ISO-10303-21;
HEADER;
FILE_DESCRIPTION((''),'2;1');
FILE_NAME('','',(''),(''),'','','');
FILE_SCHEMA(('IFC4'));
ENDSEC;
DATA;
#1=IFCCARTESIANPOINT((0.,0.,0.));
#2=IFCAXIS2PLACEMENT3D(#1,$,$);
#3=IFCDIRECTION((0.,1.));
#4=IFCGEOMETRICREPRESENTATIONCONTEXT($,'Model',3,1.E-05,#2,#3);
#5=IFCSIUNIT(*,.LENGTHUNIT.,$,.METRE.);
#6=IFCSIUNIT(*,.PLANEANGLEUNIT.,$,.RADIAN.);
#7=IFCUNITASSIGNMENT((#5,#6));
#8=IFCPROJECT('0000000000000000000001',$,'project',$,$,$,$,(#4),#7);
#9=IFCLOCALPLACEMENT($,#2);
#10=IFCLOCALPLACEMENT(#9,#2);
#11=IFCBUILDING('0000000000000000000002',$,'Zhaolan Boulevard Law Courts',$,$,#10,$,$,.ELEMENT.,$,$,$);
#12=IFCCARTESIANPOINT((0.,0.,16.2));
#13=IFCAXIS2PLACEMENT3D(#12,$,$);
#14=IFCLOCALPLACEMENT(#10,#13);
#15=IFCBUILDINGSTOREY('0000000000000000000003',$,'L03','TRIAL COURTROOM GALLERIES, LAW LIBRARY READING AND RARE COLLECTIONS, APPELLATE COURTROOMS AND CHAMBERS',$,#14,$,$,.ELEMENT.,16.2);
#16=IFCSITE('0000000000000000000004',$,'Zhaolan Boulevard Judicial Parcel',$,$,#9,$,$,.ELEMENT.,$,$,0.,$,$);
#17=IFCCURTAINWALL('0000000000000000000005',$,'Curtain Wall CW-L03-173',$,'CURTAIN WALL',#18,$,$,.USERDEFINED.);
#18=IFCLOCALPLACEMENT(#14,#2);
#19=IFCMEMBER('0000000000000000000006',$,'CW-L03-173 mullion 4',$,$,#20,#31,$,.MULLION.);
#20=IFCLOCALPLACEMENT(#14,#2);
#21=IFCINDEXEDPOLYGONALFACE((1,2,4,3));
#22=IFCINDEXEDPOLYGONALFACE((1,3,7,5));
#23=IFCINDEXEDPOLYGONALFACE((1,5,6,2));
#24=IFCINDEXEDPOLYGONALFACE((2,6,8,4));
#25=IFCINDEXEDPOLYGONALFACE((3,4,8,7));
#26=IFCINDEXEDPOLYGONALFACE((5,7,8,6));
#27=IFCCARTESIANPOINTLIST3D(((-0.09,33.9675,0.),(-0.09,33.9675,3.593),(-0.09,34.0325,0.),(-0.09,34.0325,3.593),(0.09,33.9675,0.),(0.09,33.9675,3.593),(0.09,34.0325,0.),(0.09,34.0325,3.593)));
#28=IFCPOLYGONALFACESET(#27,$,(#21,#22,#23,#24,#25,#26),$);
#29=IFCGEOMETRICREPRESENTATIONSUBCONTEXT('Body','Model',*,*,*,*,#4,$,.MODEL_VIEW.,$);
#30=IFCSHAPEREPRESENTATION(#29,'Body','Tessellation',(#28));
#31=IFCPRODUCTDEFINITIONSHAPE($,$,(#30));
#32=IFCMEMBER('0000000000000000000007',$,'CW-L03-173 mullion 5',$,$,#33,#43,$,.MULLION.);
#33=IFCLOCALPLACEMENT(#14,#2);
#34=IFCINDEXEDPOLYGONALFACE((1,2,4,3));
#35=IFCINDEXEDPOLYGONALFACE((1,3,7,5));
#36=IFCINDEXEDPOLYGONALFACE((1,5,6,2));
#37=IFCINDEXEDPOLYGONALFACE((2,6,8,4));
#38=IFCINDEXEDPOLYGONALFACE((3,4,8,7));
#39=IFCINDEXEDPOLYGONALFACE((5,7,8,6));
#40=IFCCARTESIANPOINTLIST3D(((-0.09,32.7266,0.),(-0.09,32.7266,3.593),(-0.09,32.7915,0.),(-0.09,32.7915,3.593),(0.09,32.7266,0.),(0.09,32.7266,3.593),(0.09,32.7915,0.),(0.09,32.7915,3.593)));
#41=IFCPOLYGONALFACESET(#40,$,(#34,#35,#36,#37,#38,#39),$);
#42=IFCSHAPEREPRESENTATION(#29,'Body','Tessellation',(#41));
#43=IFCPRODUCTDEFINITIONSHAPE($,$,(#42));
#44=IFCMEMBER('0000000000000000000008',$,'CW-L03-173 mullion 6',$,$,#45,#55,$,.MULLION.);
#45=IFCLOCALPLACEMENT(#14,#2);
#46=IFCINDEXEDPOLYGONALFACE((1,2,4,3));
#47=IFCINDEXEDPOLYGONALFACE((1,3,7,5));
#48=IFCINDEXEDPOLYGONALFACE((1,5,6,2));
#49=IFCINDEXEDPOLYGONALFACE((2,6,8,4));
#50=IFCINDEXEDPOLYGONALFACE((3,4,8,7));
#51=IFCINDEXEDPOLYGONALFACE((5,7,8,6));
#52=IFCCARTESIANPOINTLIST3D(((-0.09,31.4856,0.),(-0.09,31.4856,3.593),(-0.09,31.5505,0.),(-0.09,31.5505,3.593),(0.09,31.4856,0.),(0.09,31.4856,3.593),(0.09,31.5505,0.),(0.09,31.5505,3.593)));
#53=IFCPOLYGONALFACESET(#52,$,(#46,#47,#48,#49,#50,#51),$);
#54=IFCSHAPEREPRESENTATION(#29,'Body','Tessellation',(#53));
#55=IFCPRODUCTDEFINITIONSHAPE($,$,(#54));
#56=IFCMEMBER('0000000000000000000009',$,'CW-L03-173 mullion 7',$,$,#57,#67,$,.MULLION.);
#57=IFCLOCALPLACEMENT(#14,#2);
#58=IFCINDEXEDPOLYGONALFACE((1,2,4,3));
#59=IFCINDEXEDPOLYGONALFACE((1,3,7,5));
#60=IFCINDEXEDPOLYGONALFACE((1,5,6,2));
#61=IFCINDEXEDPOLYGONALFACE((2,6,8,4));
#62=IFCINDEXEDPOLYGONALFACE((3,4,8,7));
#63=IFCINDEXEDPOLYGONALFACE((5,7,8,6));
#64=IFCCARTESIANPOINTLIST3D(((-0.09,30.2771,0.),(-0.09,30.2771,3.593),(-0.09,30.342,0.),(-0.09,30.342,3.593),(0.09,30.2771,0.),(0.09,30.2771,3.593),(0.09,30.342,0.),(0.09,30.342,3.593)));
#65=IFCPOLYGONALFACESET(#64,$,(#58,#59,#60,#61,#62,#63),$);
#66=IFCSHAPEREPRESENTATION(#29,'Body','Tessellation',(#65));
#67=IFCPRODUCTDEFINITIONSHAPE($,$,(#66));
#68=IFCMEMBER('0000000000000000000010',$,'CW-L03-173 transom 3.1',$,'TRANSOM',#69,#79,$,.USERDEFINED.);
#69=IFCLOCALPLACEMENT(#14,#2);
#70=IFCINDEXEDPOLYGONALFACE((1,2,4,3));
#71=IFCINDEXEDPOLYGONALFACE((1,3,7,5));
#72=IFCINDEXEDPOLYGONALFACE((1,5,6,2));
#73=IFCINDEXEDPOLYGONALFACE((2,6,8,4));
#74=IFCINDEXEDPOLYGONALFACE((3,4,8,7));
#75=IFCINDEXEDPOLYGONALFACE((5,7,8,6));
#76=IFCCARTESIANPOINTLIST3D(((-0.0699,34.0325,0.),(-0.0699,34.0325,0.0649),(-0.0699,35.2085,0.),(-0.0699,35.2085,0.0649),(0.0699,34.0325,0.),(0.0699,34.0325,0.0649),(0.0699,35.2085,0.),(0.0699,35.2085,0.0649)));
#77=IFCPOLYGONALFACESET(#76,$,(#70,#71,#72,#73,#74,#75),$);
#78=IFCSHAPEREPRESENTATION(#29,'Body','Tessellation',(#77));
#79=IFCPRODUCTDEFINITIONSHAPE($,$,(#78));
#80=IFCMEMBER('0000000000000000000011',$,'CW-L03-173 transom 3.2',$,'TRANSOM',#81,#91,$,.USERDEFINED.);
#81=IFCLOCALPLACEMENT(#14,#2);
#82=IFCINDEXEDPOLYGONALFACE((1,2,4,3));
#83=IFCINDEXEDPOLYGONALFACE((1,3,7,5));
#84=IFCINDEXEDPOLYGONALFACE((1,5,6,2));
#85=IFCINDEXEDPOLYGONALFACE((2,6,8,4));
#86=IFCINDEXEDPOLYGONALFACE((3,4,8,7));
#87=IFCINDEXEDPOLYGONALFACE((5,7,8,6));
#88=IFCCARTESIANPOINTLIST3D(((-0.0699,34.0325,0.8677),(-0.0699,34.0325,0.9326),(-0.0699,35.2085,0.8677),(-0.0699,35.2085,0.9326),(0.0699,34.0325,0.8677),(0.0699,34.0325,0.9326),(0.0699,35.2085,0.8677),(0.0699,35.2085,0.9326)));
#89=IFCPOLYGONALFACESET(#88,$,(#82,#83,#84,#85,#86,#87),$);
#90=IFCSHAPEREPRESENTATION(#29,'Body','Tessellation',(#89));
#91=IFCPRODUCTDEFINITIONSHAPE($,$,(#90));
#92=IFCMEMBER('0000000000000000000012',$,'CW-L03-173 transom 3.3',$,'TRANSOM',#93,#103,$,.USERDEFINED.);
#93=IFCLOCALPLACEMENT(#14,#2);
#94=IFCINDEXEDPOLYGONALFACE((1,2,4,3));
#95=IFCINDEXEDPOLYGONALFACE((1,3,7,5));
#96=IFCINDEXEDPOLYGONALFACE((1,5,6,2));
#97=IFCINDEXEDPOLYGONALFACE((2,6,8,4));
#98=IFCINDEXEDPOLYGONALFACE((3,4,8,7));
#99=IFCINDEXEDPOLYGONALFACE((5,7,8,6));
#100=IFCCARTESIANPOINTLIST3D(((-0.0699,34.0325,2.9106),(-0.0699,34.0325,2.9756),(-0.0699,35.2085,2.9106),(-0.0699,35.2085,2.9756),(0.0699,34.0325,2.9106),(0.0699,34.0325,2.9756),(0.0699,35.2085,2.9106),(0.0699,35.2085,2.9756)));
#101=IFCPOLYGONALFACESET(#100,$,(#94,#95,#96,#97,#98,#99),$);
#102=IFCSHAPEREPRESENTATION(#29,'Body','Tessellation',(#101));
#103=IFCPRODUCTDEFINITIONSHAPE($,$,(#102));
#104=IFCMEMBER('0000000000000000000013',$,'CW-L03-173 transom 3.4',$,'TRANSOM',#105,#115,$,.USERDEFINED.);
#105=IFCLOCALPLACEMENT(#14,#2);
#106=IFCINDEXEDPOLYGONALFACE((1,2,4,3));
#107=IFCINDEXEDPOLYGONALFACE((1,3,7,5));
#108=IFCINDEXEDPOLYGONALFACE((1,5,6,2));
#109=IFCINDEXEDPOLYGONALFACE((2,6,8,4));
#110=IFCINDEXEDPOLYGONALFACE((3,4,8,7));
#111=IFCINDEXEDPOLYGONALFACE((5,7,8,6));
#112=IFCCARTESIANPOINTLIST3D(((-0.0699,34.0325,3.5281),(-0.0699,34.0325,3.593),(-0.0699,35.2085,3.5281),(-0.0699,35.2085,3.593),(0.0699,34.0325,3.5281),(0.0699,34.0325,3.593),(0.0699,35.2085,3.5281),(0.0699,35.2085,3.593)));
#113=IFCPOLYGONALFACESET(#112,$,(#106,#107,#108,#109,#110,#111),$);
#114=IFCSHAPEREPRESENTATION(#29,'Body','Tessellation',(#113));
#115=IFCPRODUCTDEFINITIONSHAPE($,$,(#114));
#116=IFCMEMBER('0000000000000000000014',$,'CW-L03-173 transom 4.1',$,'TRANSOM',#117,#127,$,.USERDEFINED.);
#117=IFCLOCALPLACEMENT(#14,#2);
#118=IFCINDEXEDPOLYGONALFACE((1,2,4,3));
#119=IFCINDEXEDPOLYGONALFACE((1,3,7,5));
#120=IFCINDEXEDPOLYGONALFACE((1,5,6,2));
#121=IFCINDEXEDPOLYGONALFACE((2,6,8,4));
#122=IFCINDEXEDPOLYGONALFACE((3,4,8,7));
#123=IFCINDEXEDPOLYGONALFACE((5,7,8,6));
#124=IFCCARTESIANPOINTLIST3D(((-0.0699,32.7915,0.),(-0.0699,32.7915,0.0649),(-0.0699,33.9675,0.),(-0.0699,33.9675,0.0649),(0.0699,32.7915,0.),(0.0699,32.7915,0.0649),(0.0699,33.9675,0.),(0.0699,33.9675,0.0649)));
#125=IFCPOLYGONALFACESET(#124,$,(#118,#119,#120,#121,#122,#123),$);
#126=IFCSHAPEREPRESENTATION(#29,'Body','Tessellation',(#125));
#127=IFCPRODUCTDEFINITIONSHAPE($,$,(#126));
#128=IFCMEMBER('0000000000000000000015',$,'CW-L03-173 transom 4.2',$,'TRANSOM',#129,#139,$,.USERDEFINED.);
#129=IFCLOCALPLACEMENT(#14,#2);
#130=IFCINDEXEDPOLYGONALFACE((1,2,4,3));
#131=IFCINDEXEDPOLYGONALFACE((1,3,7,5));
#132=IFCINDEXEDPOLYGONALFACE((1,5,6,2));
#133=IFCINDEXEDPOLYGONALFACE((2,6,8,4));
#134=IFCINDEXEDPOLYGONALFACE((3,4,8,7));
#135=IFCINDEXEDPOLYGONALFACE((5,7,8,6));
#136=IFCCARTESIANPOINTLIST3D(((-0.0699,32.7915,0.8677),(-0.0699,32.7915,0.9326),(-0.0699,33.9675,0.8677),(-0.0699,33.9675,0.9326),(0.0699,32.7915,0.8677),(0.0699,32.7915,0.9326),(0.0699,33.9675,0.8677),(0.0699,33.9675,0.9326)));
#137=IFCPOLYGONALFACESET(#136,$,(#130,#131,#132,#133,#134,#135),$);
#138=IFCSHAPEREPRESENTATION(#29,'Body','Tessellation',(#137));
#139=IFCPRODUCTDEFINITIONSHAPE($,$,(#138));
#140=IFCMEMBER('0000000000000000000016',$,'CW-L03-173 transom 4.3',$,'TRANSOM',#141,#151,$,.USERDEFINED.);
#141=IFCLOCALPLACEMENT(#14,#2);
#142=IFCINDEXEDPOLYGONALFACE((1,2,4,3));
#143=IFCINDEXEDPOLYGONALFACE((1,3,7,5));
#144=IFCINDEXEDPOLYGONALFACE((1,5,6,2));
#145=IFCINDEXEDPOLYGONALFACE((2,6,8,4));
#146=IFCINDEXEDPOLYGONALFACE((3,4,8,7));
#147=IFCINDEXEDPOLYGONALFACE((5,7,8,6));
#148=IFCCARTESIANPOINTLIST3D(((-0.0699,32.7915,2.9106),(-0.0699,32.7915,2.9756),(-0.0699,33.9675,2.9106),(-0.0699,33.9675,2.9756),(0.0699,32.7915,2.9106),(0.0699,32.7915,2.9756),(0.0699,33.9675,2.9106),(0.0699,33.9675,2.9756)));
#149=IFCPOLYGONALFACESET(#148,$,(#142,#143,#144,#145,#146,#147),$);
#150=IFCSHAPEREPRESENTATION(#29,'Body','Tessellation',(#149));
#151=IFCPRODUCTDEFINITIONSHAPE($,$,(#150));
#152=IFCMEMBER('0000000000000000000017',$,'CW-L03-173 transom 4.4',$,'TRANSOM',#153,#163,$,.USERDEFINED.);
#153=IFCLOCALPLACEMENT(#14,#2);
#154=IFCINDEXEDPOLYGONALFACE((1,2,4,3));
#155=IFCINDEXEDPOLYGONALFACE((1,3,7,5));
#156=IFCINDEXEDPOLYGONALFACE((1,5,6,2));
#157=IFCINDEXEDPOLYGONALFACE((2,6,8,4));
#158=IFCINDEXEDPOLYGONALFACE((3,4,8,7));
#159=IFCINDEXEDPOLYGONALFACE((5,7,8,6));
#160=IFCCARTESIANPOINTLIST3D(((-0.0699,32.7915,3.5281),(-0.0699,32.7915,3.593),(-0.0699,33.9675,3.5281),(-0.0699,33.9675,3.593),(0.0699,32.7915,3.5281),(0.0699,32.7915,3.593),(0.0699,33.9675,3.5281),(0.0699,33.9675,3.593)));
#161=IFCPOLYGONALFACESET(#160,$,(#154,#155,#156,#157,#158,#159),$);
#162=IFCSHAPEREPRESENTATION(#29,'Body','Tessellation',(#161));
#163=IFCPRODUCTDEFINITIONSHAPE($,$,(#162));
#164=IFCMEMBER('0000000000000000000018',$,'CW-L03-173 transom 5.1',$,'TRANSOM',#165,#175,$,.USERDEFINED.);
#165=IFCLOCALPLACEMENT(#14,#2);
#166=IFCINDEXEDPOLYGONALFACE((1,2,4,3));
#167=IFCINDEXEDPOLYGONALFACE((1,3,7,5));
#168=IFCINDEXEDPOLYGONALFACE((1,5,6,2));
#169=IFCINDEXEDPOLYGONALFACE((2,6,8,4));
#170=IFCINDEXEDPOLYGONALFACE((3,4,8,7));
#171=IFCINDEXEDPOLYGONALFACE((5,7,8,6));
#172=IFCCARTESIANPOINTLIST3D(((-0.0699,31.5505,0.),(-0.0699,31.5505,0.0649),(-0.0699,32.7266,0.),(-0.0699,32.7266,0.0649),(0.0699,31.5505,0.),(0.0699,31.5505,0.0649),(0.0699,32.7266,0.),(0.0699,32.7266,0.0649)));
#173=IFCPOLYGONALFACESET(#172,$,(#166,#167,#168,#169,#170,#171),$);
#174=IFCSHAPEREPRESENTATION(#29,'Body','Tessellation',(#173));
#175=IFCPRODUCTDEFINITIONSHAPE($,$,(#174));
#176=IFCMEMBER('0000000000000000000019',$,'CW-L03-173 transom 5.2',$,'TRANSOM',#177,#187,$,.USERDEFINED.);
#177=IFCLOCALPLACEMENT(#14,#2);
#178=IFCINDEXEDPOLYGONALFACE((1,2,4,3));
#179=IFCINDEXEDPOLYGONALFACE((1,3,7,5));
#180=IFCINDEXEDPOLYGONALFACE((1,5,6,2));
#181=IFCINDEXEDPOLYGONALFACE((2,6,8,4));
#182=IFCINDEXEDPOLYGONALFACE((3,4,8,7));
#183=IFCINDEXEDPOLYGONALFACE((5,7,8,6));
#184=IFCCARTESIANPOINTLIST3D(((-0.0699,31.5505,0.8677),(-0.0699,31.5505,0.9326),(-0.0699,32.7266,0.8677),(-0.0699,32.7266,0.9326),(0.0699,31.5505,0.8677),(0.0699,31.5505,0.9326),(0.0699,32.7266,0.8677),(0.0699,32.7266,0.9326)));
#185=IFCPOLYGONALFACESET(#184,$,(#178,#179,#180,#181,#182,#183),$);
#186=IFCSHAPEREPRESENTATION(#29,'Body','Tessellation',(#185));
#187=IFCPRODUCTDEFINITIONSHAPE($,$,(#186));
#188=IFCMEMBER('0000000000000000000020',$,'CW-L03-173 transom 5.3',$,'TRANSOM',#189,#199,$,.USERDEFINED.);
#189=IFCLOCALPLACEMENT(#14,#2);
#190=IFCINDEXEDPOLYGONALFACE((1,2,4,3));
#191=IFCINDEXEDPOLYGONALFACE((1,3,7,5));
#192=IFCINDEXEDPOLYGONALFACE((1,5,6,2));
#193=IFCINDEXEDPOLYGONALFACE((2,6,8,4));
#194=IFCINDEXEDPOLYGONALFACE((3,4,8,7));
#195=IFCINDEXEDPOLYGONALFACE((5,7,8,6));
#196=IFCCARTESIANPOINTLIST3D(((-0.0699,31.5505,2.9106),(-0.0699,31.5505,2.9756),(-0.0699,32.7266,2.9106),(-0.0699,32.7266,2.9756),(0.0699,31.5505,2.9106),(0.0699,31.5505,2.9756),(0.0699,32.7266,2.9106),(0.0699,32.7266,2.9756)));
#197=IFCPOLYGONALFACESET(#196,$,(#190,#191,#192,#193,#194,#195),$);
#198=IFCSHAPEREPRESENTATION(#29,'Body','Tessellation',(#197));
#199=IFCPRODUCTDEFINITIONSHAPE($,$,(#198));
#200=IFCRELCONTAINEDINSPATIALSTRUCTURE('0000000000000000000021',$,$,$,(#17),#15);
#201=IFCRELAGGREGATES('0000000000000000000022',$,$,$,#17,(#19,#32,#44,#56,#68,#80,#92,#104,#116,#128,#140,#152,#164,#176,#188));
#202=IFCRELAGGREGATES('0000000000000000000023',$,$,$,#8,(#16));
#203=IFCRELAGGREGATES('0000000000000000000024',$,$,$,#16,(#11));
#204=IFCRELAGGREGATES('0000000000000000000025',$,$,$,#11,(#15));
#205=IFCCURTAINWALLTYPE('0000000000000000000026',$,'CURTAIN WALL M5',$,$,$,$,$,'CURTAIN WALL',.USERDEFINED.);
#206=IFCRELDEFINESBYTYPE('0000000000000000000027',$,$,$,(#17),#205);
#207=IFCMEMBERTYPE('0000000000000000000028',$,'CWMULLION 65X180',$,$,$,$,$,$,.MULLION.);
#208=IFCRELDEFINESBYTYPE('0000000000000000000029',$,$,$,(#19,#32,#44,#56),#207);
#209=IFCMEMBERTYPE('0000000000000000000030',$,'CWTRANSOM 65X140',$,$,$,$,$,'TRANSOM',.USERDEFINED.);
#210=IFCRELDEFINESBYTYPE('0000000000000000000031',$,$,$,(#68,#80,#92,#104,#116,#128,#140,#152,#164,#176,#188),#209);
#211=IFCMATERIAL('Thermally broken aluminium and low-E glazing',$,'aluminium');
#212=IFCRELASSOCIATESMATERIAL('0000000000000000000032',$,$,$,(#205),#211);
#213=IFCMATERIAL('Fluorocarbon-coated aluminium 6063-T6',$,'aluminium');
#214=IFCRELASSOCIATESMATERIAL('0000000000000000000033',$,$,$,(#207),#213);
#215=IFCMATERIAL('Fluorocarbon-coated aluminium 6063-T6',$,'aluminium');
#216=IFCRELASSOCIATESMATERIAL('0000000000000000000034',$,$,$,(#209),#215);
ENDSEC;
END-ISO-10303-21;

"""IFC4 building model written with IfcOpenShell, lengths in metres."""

from ifc_helpers import new_model, si_unit, direction, frame, origin, origin_2d, place, context, subcontext, project, spatial, rectangle, extrude, material, material_profile, profile_set, type_object, element, aggregate, save


model = new_model("IFC4")

# Units and contexts
model_context = context("Model", 3, precision=1e-05, world=origin(), true_north=direction((0.0, 1.0)))
body_context = subcontext(model_context, "Body", "Model", "MODEL_VIEW")
ifc_project = project(units=[si_unit("LENGTHUNIT", "METRE"), si_unit("PLANEANGLEUNIT", "RADIAN")], contexts=[model_context])

# Site, building, storey
site_placement = place(None, origin())
site = spatial("IfcSite", under=ifc_project, at=site_placement, Name="Zhaolan Boulevard Judicial Parcel", CompositionType="ELEMENT", RefElevation=0.0)
building_placement = place(site_placement, origin())
building = spatial("IfcBuilding", under=site, at=building_placement, Name="Zhaolan Boulevard Law Courts", CompositionType="ELEMENT")
storey_placement = place(building_placement, frame((0.0, 0.0, 16.2)))
storey = spatial("IfcBuildingStorey", under=building, at=storey_placement, Name="L03", Description="TRIAL COURTROOM GALLERIES, LAW LIBRARY READING AND RARE COLLECTIONS, APPELLATE COURTROOMS AND CHAMBERS", CompositionType="ELEMENT", Elevation=16.2)

# Curtain wall, members
ifc_material_1 = material(Name="Thermally broken aluminium and low-E glazing", Category="aluminium")
curtain_wall_type = type_object("IfcCurtainWallType", Name="CURTAIN WALL M5", ElementType="CURTAIN WALL", PredefinedType="USERDEFINED", material=ifc_material_1)
curtain_wall_placement = place(storey_placement, origin())
curtain_wall = element("IfcCurtainWall", 1, at=curtain_wall_placement, inside=storey, type_object=curtain_wall_type, Name="Curtain Wall CW-L03-173", ObjectType="CURTAIN WALL", PredefinedType="USERDEFINED")
ifc_material_2 = material(Name="Fluorocarbon-coated aluminium 6063-T6", Category="aluminium")
ifc_material_profile_1 = material_profile(ifc_material_2, rectangle(XDim=0.1799, YDim=0.0649, at=origin_2d()), Name="AL65x180")
ifc_profile_set_1 = profile_set([ifc_material_profile_1], Name="Fluorocarbon-coated aluminium 6063-T6")
member_type_1 = type_object("IfcMemberType", Name="CWMULLION 65X180", PredefinedType="MULLION", material=ifc_profile_set_1)
member_1_placement = place(storey_placement, frame((0.0, 34.0, 0.0), z_axis=(0.0, 0.0, 1.0), x_axis=(1.0, 0.0, 0.0)))
member_1 = element("IfcMember", 2, at=member_1_placement, type_object=member_type_1, Name="CW-L03-173 mullion 4", PredefinedType="MULLION", context=body_context, shape_type="SweptSolid", body=[
    extrude(rectangle(XDim=0.1799, YDim=0.0649, at=origin_2d()), origin(), (0.0, 0.0, 1.0), 3.593),
])
member_2_placement = place(storey_placement, frame((0.0, 32.759, 0.0), z_axis=(0.0, 0.0, 1.0), x_axis=(1.0, 0.0, 0.0)))
member_2 = element("IfcMember", 3, at=member_2_placement, type_object=member_type_1, Name="CW-L03-173 mullion 5", PredefinedType="MULLION", context=body_context, shape_type="SweptSolid", body=[
    extrude(rectangle(XDim=0.1799, YDim=0.0649, at=origin_2d()), origin(), (0.0, 0.0, 1.0), 3.593),
])
member_3_placement = place(storey_placement, frame((0.0, 31.5181, 0.0), z_axis=(0.0, 0.0, 1.0), x_axis=(1.0, 0.0, 0.0)))
member_3 = element("IfcMember", 4, at=member_3_placement, type_object=member_type_1, Name="CW-L03-173 mullion 6", PredefinedType="MULLION", context=body_context, shape_type="SweptSolid", body=[
    extrude(rectangle(XDim=0.1799, YDim=0.0649, at=origin_2d()), origin(), (0.0, 0.0, 1.0), 3.593),
])
member_4_placement = place(storey_placement, frame((0.0, 30.3096, 0.0), z_axis=(0.0, 0.0, 1.0), x_axis=(1.0, 0.0, 0.0)))
member_4 = element("IfcMember", 5, at=member_4_placement, type_object=member_type_1, Name="CW-L03-173 mullion 7", PredefinedType="MULLION", context=body_context, shape_type="SweptSolid", body=[
    extrude(rectangle(XDim=0.1799, YDim=0.0649, at=origin_2d()), origin(), (0.0, 0.0, 1.0), 3.593),
])
ifc_material_3 = material(Name="Fluorocarbon-coated aluminium 6063-T6", Category="aluminium")
ifc_material_profile_2 = material_profile(ifc_material_3, rectangle(XDim=0.1399, YDim=0.0649, at=origin_2d()), Name="AL65x140")
ifc_profile_set_2 = profile_set([ifc_material_profile_2], Name="Fluorocarbon-coated aluminium 6063-T6")
member_type_2 = type_object("IfcMemberType", Name="CWTRANSOM 65X140", ElementType="TRANSOM", PredefinedType="USERDEFINED", material=ifc_profile_set_2)
member_5_placement = place(storey_placement, frame((0.0, 35.2085, 0.0325), z_axis=(0.0, -1.0, 0.0), x_axis=(1.0, 0.0, 0.0)))
member_5 = element("IfcMember", 6, at=member_5_placement, type_object=member_type_2, Name="CW-L03-173 transom 3.1", ObjectType="TRANSOM", PredefinedType="USERDEFINED", context=body_context, shape_type="SweptSolid", body=[
    extrude(rectangle(XDim=0.1399, YDim=0.0649, at=origin_2d()), origin(), (0.0, 0.0, 1.0), 1.176),
])
member_6_placement = place(storey_placement, frame((0.0, 35.2085, 0.9001), z_axis=(0.0, -1.0, 0.0), x_axis=(1.0, 0.0, 0.0)))
member_6 = element("IfcMember", 7, at=member_6_placement, type_object=member_type_2, Name="CW-L03-173 transom 3.2", ObjectType="TRANSOM", PredefinedType="USERDEFINED", context=body_context, shape_type="SweptSolid", body=[
    extrude(rectangle(XDim=0.1399, YDim=0.0649, at=origin_2d()), origin(), (0.0, 0.0, 1.0), 1.176),
])
member_7_placement = place(storey_placement, frame((0.0, 35.2085, 2.9431), z_axis=(0.0, -1.0, 0.0), x_axis=(1.0, 0.0, 0.0)))
member_7 = element("IfcMember", 8, at=member_7_placement, type_object=member_type_2, Name="CW-L03-173 transom 3.3", ObjectType="TRANSOM", PredefinedType="USERDEFINED", context=body_context, shape_type="SweptSolid", body=[
    extrude(rectangle(XDim=0.1399, YDim=0.0649, at=origin_2d()), origin(), (0.0, 0.0, 1.0), 1.176),
])
member_8_placement = place(storey_placement, frame((0.0, 35.2085, 3.5605), z_axis=(0.0, -1.0, 0.0), x_axis=(1.0, 0.0, 0.0)))
member_8 = element("IfcMember", 9, at=member_8_placement, type_object=member_type_2, Name="CW-L03-173 transom 3.4", ObjectType="TRANSOM", PredefinedType="USERDEFINED", context=body_context, shape_type="SweptSolid", body=[
    extrude(rectangle(XDim=0.1399, YDim=0.0649, at=origin_2d()), origin(), (0.0, 0.0, 1.0), 1.176),
])
member_9_placement = place(storey_placement, frame((0.0, 33.9675, 0.0325), z_axis=(0.0, -1.0, 0.0), x_axis=(1.0, 0.0, 0.0)))
member_9 = element("IfcMember", 10, at=member_9_placement, type_object=member_type_2, Name="CW-L03-173 transom 4.1", ObjectType="TRANSOM", PredefinedType="USERDEFINED", context=body_context, shape_type="SweptSolid", body=[
    extrude(rectangle(XDim=0.1399, YDim=0.0649, at=origin_2d()), origin(), (0.0, 0.0, 1.0), 1.176),
])
member_10_placement = place(storey_placement, frame((0.0, 33.9675, 0.9001), z_axis=(0.0, -1.0, 0.0), x_axis=(1.0, 0.0, 0.0)))
member_10 = element("IfcMember", 11, at=member_10_placement, type_object=member_type_2, Name="CW-L03-173 transom 4.2", ObjectType="TRANSOM", PredefinedType="USERDEFINED", context=body_context, shape_type="SweptSolid", body=[
    extrude(rectangle(XDim=0.1399, YDim=0.0649, at=origin_2d()), origin(), (0.0, 0.0, 1.0), 1.176),
])
member_11_placement = place(storey_placement, frame((0.0, 33.9675, 2.9431), z_axis=(0.0, -1.0, 0.0), x_axis=(1.0, 0.0, 0.0)))
member_11 = element("IfcMember", 12, at=member_11_placement, type_object=member_type_2, Name="CW-L03-173 transom 4.3", ObjectType="TRANSOM", PredefinedType="USERDEFINED", context=body_context, shape_type="SweptSolid", body=[
    extrude(rectangle(XDim=0.1399, YDim=0.0649, at=origin_2d()), origin(), (0.0, 0.0, 1.0), 1.176),
])
member_12_placement = place(storey_placement, frame((0.0, 33.9675, 3.5605), z_axis=(0.0, -1.0, 0.0), x_axis=(1.0, 0.0, 0.0)))
member_12 = element("IfcMember", 13, at=member_12_placement, type_object=member_type_2, Name="CW-L03-173 transom 4.4", ObjectType="TRANSOM", PredefinedType="USERDEFINED", context=body_context, shape_type="SweptSolid", body=[
    extrude(rectangle(XDim=0.1399, YDim=0.0649, at=origin_2d()), origin(), (0.0, 0.0, 1.0), 1.176),
])
member_13_placement = place(storey_placement, frame((0.0, 32.7266, 0.0325), z_axis=(0.0, -1.0, 0.0), x_axis=(1.0, 0.0, 0.0)))
member_13 = element("IfcMember", 14, at=member_13_placement, type_object=member_type_2, Name="CW-L03-173 transom 5.1", ObjectType="TRANSOM", PredefinedType="USERDEFINED", context=body_context, shape_type="SweptSolid", body=[
    extrude(rectangle(XDim=0.1399, YDim=0.0649, at=origin_2d()), origin(), (0.0, 0.0, 1.0), 1.176),
])
member_14_placement = place(storey_placement, frame((0.0, 32.7266, 0.9001), z_axis=(0.0, -1.0, 0.0), x_axis=(1.0, 0.0, 0.0)))
member_14 = element("IfcMember", 15, at=member_14_placement, type_object=member_type_2, Name="CW-L03-173 transom 5.2", ObjectType="TRANSOM", PredefinedType="USERDEFINED", context=body_context, shape_type="SweptSolid", body=[
    extrude(rectangle(XDim=0.1399, YDim=0.0649, at=origin_2d()), origin(), (0.0, 0.0, 1.0), 1.176),
])
member_15_placement = place(storey_placement, frame((0.0, 32.7266, 2.9431), z_axis=(0.0, -1.0, 0.0), x_axis=(1.0, 0.0, 0.0)))
member_15 = element("IfcMember", 16, at=member_15_placement, type_object=member_type_2, Name="CW-L03-173 transom 5.3", ObjectType="TRANSOM", PredefinedType="USERDEFINED", context=body_context, shape_type="SweptSolid", body=[
    extrude(rectangle(XDim=0.1399, YDim=0.0649, at=origin_2d()), origin(), (0.0, 0.0, 1.0), 1.176),
])

aggregate(curtain_wall, [member_1, member_2, member_3, member_4, member_5, member_6, member_7, member_8, member_9, member_10, member_11, member_12, member_13, member_14, member_15])

save(model, "model.ifc")
